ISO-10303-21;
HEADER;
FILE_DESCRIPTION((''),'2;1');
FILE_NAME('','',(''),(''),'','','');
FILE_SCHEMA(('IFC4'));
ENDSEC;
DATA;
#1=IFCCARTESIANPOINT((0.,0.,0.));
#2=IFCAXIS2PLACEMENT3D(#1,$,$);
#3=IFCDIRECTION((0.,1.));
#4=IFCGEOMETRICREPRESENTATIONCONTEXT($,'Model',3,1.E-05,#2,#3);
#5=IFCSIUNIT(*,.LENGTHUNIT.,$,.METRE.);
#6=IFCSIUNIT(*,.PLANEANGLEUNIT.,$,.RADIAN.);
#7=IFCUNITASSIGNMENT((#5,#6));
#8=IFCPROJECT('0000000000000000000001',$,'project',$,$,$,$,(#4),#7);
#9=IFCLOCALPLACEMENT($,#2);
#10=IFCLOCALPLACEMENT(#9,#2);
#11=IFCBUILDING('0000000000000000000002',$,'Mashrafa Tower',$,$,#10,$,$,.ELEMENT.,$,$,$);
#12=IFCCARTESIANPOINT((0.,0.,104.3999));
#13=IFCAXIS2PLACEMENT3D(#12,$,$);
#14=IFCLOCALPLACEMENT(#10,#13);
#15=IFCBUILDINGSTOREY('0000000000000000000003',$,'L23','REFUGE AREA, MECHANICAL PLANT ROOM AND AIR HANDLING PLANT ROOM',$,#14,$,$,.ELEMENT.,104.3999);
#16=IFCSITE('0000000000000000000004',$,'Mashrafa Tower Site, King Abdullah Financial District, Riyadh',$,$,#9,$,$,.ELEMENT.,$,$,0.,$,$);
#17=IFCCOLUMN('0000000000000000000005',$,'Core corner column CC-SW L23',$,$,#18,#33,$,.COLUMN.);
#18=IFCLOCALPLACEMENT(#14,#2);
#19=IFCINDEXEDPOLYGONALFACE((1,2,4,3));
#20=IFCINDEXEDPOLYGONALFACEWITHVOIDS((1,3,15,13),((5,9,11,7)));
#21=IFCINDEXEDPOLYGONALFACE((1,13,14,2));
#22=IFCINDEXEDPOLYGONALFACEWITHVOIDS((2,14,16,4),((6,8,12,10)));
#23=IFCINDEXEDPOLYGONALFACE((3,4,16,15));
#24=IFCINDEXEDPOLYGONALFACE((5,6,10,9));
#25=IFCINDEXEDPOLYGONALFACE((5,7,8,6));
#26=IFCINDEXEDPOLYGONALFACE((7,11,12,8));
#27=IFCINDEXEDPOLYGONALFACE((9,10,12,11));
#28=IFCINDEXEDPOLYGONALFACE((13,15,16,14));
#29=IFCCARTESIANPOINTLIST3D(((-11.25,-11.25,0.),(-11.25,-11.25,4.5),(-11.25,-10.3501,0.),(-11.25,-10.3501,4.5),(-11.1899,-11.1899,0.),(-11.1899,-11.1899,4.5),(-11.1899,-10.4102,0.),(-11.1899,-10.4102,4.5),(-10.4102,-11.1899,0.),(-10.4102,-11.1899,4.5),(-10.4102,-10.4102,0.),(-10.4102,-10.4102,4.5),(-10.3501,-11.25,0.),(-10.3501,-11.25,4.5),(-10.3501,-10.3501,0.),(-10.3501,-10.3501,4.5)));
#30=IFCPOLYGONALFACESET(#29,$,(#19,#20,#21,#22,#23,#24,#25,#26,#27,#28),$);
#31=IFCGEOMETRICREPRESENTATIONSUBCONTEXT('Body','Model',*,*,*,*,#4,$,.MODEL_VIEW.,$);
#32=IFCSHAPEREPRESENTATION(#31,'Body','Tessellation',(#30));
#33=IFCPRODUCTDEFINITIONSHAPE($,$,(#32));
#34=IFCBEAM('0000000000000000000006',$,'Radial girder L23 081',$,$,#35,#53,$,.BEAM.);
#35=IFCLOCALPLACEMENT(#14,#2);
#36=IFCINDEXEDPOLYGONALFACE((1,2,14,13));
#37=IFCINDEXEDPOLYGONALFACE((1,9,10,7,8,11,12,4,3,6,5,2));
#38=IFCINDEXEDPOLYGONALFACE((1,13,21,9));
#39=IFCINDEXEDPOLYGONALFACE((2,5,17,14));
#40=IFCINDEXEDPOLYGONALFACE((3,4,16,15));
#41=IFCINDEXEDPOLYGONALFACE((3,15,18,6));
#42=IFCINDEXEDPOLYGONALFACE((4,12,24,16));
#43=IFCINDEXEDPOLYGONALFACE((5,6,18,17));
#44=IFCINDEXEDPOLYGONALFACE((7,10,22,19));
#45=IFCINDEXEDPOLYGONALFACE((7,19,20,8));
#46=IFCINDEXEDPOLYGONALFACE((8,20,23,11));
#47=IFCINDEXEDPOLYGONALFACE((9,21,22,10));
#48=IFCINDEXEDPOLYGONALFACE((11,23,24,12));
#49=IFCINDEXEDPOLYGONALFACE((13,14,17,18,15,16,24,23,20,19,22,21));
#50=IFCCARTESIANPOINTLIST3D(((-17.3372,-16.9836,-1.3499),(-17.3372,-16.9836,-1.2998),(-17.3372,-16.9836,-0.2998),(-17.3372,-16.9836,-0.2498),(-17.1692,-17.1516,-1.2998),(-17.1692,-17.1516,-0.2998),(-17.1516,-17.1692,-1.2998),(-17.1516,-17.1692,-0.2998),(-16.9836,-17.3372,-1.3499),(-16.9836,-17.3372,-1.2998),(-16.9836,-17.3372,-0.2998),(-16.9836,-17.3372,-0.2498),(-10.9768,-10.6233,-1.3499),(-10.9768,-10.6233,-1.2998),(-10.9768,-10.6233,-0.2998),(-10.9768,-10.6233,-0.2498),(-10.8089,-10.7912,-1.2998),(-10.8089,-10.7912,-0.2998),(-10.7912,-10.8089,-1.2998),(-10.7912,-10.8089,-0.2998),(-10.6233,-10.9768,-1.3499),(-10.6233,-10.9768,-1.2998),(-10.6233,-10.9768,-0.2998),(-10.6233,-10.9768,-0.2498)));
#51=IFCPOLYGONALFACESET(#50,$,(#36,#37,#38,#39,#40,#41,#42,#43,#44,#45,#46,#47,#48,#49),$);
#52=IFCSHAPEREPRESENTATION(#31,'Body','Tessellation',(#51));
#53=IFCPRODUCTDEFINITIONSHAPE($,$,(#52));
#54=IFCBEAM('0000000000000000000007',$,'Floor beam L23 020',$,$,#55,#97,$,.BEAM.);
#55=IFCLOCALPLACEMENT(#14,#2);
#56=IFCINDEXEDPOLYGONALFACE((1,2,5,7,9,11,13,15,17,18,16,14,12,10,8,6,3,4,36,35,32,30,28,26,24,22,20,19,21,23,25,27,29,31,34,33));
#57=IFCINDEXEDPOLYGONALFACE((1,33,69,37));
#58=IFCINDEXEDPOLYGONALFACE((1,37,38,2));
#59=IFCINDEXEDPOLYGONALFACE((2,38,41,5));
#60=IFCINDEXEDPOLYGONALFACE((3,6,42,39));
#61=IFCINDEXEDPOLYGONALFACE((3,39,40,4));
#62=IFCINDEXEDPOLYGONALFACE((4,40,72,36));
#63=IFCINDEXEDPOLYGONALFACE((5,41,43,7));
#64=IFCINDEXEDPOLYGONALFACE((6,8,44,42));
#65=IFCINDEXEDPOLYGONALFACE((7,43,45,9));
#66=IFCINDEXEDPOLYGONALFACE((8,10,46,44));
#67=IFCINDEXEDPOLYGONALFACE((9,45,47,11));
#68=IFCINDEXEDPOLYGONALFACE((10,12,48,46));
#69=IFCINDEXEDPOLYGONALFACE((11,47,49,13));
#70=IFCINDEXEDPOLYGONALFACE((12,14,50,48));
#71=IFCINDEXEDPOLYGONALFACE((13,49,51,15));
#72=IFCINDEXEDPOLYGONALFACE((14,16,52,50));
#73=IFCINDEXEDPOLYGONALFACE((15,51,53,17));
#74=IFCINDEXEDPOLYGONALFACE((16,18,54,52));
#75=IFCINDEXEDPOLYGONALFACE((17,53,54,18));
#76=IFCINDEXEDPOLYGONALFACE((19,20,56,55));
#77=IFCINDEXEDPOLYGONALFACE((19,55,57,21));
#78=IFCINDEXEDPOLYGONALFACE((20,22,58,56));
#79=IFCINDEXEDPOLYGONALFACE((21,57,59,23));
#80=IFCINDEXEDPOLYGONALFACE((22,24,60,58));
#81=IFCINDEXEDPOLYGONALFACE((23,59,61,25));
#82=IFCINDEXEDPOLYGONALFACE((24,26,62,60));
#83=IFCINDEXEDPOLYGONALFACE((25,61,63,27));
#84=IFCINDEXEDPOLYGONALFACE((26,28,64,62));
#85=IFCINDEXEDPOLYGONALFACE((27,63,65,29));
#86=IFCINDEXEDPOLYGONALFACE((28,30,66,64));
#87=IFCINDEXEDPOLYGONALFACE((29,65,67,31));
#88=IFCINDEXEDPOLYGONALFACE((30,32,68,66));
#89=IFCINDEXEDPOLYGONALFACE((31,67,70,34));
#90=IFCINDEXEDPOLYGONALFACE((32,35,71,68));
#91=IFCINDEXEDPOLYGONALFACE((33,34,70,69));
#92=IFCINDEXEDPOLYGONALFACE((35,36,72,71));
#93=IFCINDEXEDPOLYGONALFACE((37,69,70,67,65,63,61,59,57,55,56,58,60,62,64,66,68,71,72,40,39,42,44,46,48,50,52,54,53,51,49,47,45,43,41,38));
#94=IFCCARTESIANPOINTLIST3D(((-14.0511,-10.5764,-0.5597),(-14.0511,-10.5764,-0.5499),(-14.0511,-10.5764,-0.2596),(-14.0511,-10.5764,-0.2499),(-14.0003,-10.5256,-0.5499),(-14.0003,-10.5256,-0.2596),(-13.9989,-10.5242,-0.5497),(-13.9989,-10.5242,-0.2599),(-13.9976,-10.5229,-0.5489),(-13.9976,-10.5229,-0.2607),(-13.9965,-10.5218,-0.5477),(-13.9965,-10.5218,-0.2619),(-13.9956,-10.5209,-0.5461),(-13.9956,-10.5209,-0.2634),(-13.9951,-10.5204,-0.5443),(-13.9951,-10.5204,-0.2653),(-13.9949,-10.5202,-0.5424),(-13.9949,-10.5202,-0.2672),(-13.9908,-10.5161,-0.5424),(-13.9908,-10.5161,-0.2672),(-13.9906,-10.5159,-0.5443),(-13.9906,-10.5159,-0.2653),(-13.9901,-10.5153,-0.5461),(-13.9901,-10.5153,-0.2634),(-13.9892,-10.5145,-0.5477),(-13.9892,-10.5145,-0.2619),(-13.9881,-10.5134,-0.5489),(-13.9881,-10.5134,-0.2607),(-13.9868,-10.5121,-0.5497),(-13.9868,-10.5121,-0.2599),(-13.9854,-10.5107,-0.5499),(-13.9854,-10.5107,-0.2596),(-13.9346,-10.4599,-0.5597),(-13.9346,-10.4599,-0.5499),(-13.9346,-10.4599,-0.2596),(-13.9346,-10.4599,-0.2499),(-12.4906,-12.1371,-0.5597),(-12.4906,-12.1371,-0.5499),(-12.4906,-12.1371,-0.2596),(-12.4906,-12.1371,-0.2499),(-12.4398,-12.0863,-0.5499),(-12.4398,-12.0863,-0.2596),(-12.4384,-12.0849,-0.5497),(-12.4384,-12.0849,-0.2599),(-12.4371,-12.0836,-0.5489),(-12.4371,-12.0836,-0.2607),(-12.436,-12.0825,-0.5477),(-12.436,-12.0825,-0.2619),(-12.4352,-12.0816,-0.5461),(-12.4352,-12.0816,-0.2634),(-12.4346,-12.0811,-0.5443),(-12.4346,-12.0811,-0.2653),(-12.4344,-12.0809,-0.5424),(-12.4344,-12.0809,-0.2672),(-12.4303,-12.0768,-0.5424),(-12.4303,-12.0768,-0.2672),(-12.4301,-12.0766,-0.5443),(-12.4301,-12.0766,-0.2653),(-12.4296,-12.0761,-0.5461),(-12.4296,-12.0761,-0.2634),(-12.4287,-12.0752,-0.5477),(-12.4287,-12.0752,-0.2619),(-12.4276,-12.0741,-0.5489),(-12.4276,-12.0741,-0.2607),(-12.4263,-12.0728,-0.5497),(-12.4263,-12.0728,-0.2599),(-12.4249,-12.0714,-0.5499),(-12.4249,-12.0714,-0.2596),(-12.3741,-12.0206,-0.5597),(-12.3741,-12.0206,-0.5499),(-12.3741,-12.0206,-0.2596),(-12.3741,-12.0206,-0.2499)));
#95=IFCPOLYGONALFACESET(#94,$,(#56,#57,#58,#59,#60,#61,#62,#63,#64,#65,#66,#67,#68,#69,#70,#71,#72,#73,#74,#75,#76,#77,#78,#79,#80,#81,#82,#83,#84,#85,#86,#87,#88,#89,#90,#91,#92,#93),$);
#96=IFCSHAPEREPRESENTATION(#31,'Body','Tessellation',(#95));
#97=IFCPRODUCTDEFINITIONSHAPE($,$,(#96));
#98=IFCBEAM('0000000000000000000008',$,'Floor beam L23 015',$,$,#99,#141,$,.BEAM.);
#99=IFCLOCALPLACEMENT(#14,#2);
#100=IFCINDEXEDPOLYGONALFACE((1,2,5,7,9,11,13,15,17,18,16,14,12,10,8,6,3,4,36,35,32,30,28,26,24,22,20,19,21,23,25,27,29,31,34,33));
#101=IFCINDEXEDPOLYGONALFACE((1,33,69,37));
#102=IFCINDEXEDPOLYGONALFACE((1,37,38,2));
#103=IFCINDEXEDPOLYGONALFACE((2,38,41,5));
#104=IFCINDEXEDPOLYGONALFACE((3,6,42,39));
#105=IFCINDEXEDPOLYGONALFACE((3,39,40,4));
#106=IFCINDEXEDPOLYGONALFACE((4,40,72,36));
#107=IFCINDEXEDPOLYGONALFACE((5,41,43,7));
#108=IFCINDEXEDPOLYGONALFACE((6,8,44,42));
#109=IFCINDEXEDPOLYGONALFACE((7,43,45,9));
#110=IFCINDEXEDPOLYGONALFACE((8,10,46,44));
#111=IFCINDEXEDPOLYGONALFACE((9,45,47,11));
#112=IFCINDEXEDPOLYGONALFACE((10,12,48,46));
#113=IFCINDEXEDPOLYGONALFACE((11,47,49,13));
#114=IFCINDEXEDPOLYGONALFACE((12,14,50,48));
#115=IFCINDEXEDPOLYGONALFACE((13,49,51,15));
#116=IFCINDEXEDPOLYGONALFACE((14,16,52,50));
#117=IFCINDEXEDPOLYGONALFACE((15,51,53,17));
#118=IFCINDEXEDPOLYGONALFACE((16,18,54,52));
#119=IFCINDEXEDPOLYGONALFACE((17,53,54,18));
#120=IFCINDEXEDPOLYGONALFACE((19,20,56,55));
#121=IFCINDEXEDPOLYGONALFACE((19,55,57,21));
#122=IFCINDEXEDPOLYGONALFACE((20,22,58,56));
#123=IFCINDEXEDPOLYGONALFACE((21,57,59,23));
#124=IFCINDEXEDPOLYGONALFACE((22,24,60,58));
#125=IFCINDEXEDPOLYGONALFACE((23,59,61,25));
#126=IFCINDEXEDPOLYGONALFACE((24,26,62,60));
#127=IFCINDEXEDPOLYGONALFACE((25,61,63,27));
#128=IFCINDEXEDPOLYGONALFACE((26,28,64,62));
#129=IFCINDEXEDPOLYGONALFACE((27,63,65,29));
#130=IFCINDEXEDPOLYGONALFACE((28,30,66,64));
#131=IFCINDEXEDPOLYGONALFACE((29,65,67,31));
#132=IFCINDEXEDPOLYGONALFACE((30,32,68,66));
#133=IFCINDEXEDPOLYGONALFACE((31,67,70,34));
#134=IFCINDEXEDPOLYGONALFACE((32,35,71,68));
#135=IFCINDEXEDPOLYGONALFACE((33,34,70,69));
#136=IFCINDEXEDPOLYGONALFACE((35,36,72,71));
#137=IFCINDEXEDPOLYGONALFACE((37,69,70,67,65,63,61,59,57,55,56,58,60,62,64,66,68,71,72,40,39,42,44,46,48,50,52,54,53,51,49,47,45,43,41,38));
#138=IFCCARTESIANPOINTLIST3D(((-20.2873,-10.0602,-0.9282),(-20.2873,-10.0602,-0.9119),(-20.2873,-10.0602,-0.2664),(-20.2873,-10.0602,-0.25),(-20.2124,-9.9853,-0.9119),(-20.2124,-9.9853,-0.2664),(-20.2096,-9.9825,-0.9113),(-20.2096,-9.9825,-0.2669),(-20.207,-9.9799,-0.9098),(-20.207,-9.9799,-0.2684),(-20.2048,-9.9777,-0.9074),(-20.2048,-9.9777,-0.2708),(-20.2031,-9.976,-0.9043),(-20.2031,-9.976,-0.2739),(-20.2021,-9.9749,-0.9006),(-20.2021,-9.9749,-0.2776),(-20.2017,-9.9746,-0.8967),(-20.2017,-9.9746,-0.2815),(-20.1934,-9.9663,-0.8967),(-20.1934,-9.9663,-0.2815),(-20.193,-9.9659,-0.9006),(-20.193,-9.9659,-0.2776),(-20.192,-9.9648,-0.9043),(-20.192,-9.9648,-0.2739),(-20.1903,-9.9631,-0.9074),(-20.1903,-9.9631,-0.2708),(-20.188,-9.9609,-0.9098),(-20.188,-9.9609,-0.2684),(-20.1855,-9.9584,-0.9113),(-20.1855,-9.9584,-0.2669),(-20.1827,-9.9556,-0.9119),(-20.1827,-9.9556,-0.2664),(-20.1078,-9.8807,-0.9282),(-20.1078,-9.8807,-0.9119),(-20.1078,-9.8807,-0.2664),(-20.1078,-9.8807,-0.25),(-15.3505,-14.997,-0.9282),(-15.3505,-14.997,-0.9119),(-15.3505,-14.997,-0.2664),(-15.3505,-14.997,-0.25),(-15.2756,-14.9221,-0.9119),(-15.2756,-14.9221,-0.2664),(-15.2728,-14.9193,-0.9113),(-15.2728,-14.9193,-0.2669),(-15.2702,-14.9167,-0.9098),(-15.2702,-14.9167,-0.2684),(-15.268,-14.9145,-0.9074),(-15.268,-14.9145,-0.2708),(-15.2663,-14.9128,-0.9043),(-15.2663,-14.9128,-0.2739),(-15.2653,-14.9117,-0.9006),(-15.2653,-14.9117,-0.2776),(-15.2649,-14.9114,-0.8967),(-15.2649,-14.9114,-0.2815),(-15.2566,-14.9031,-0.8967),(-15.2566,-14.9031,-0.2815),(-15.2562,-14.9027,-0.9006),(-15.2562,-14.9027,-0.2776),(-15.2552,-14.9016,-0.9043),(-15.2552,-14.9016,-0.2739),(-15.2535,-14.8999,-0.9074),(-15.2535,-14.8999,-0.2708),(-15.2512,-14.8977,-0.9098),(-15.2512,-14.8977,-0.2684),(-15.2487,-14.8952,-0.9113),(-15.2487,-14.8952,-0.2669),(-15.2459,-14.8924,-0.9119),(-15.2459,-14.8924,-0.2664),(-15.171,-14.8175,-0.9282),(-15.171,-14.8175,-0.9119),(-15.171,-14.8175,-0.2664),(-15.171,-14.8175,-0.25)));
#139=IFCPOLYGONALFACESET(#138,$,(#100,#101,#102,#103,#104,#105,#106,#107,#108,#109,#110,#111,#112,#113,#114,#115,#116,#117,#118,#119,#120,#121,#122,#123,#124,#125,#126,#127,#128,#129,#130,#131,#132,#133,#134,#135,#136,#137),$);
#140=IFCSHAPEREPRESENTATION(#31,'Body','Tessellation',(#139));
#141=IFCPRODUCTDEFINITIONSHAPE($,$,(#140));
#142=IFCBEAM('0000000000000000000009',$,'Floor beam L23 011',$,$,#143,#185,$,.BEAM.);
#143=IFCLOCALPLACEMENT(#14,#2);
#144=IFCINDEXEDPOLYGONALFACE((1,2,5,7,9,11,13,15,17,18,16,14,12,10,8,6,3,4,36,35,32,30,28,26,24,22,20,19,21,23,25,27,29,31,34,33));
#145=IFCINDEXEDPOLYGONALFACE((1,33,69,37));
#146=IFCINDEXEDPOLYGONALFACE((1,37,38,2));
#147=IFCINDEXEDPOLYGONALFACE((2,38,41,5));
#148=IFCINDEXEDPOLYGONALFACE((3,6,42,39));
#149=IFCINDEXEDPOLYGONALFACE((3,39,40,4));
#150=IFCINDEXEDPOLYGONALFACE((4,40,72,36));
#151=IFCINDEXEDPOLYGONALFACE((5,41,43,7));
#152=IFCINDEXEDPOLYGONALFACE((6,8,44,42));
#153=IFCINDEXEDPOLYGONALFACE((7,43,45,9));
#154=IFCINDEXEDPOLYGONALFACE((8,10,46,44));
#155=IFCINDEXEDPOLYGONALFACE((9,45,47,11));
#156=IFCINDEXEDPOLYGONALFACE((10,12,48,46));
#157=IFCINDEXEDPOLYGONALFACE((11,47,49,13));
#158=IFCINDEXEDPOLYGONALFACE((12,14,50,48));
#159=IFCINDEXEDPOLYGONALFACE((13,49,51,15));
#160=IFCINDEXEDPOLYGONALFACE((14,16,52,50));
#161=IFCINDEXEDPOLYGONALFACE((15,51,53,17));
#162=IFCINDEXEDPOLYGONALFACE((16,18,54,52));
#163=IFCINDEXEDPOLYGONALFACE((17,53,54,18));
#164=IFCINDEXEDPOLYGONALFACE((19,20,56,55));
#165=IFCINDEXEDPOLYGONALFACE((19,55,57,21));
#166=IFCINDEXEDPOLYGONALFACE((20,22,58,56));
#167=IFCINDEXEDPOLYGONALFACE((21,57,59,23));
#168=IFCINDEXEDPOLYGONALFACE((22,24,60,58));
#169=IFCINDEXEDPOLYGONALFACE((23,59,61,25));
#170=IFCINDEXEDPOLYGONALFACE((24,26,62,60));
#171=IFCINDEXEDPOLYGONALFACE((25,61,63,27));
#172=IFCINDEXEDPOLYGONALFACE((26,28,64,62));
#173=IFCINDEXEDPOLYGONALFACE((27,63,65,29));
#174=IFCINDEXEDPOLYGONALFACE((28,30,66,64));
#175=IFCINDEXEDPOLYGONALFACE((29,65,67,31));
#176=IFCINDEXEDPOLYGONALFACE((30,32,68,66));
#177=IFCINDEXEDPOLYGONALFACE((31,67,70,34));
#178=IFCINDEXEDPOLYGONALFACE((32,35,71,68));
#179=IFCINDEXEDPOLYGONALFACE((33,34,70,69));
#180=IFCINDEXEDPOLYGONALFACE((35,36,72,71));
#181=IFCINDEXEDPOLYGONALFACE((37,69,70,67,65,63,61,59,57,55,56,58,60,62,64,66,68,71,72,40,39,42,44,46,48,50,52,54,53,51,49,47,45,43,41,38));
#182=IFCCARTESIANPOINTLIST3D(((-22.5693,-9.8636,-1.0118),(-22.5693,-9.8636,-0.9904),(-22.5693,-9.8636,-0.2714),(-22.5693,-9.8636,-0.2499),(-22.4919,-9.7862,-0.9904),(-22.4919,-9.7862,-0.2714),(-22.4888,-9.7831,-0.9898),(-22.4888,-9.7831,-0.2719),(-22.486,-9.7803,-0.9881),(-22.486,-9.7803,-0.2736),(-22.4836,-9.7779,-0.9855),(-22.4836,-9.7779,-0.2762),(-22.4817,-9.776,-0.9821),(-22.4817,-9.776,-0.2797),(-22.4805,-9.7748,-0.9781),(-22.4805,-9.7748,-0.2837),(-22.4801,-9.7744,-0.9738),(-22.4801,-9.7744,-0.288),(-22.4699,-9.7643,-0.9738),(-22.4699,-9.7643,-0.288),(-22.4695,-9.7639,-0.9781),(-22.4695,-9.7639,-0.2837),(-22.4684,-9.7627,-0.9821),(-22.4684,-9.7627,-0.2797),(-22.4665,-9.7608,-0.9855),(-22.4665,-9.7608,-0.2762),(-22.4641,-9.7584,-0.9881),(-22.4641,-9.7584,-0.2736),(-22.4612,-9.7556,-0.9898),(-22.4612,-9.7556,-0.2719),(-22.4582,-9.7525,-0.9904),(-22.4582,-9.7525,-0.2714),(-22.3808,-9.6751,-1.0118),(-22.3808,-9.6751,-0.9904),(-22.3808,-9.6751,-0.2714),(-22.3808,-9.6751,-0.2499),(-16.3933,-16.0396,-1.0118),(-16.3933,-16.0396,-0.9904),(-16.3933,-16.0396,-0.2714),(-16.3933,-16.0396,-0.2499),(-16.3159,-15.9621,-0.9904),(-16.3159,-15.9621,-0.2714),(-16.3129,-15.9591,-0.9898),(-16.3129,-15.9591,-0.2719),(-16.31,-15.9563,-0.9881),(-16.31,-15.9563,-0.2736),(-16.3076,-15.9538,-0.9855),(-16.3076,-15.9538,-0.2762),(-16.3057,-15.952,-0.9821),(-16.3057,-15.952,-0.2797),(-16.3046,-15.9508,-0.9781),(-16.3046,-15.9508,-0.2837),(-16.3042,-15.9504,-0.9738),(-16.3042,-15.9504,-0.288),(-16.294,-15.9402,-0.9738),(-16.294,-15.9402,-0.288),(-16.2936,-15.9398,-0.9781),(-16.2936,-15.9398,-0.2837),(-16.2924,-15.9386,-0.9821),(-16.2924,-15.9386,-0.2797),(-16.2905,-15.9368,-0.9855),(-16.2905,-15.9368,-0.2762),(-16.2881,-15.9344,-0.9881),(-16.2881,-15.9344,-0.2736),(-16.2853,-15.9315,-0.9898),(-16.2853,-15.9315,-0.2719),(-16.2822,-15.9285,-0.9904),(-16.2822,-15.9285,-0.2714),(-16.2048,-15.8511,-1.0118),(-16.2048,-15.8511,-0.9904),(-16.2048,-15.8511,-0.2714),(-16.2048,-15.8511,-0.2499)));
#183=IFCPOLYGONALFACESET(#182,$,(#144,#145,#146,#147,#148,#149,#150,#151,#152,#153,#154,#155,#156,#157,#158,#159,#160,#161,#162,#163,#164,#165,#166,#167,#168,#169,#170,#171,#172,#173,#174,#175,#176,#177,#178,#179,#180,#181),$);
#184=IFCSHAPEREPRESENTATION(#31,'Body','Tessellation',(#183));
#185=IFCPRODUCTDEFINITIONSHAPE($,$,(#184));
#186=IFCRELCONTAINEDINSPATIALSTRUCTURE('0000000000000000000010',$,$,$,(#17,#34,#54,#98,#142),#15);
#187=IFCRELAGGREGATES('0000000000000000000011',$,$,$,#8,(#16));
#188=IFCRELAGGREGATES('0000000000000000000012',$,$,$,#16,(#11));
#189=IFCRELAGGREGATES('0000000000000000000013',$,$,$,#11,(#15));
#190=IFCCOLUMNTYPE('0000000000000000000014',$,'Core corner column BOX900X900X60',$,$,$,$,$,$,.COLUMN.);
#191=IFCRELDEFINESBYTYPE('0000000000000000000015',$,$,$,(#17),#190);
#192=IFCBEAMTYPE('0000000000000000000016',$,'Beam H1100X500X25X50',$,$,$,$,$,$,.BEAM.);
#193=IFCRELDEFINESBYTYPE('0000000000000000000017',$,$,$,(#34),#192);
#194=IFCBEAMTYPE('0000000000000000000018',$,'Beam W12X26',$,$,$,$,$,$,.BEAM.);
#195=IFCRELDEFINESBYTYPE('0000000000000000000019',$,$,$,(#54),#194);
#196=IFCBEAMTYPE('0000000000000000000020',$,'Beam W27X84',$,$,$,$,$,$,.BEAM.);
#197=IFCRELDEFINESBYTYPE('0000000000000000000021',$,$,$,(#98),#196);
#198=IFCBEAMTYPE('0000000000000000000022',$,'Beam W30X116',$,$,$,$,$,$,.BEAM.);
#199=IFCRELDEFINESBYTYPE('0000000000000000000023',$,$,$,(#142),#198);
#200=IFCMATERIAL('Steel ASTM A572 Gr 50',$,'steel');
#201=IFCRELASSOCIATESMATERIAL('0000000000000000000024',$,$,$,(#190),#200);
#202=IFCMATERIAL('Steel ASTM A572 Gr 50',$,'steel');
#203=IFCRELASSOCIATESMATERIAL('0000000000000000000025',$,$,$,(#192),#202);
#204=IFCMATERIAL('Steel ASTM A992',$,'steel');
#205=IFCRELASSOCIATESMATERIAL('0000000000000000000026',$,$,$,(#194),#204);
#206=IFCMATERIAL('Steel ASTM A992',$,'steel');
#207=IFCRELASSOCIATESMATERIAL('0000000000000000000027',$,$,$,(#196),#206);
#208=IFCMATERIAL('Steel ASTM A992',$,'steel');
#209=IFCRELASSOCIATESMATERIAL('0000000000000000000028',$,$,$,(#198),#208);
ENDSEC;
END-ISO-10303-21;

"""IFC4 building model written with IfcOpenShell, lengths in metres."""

from ifc_helpers import new_model, si_unit, direction, frame, origin, origin_2d, place, context, subcontext, project, spatial, hollow_rectangle, i_section, extrude, material, material_profile, profile_set, type_object, element, save


model = new_model("IFC4")

# Units and contexts
model_context = context("Model", 3, precision=1e-05, world=origin(), true_north=direction((0.0, 1.0)))
body_context = subcontext(model_context, "Body", "Model", "MODEL_VIEW")
ifc_project = project(units=[si_unit("LENGTHUNIT", "METRE"), si_unit("PLANEANGLEUNIT", "RADIAN")], contexts=[model_context])

# Site, building, storey
site_placement = place(None, origin())
site = spatial("IfcSite", under=ifc_project, at=site_placement, Name="Mashrafa Tower Site, King Abdullah Financial District, Riyadh", CompositionType="ELEMENT", RefElevation=0.0)
building_placement = place(site_placement, origin())
building = spatial("IfcBuilding", under=site, at=building_placement, Name="Mashrafa Tower", CompositionType="ELEMENT")
storey_placement = place(building_placement, frame((0.0, 0.0, 104.3999)))
storey = spatial("IfcBuildingStorey", under=building, at=storey_placement, Name="L23", Description="REFUGE AREA, MECHANICAL PLANT ROOM AND AIR HANDLING PLANT ROOM", CompositionType="ELEMENT", Elevation=104.3999)

# Column
ifc_material_1 = material(Name="Steel ASTM A572 Gr 50", Category="steel")
ifc_material_profile_1 = material_profile(ifc_material_1, hollow_rectangle(XDim=0.8999, YDim=0.8999, WallThickness=0.0601, at=origin_2d()), Name="BOX900X900X60")
ifc_profile_set_1 = profile_set([ifc_material_profile_1], Name="Steel ASTM A572 Gr 50")
column_type = type_object("IfcColumnType", Name="Core corner column BOX900X900X60", PredefinedType="COLUMN", material=ifc_profile_set_1)
column_placement = place(storey_placement, frame((-10.8, -10.8, 0.0), z_axis=(0.0, 0.0, 1.0), x_axis=(1.0, 0.0, 0.0)))
element("IfcColumn", 1, at=column_placement, inside=storey, type_object=column_type, Name="Core corner column CC-SW L23", PredefinedType="COLUMN", context=body_context, shape_type="SweptSolid", body=[
    extrude(hollow_rectangle(XDim=0.8999, YDim=0.8999, WallThickness=0.0601, at=origin_2d()), origin(), (0.0, 0.0, 1.0), 4.5),
])

# Beams
ifc_material_2 = material(Name="Steel ASTM A572 Gr 50", Category="steel")
ifc_material_profile_2 = material_profile(ifc_material_2, i_section(OverallWidth=0.5, OverallDepth=1.1001, WebThickness=0.0249, FlangeThickness=0.05, at=origin_2d()), Name="H1100X500X25X50")
ifc_profile_set_2 = profile_set([ifc_material_profile_2], Name="Steel ASTM A572 Gr 50")
beam_type_1 = type_object("IfcBeamType", Name="Beam H1100X500X25X50", PredefinedType="BEAM", material=ifc_profile_set_2)
beam_1_placement = place(storey_placement, frame((-10.8, -10.8, -0.7998), z_axis=(-0.707107, -0.707107, 0.0), x_axis=(0.707107, -0.707107, 0.0)))
element("IfcBeam", 2, at=beam_1_placement, inside=storey, type_object=beam_type_1, Name="Radial girder L23 081", PredefinedType="BEAM", context=body_context, shape_type="SweptSolid", body=[
    extrude(i_section(OverallWidth=0.5, OverallDepth=1.1001, WebThickness=0.0249, FlangeThickness=0.05, at=origin_2d()), origin(), (0.0, 0.0, 1.0), 8.9949),
])
ifc_material_3 = material(Name="Steel ASTM A992", Category="steel")
ifc_material_profile_3 = material_profile(ifc_material_3, i_section(OverallWidth=0.1648, OverallDepth=0.3098, WebThickness=0.0059, FlangeThickness=0.0098, FilletRadius=0.0076, at=origin_2d()), Name="W12X26")
ifc_profile_set_3 = profile_set([ifc_material_profile_3], Name="Steel ASTM A992")
beam_type_2 = type_object("IfcBeamType", Name="Beam W12X26", PredefinedType="BEAM", material=ifc_profile_set_3)
beam_2_placement = place(storey_placement, frame((-12.4324, -12.0789, -0.4048), z_axis=(-0.707051, 0.707162, 0.0), x_axis=(-0.707162, -0.707051, 0.0)))
element("IfcBeam", 3, at=beam_2_placement, inside=storey, type_object=beam_type_2, Name="Floor beam L23 020", PredefinedType="BEAM", context=body_context, shape_type="SweptSolid", body=[
    extrude(i_section(OverallWidth=0.1648, OverallDepth=0.3098, WebThickness=0.0059, FlangeThickness=0.0098, FilletRadius=0.0076, at=origin_2d()), origin(), (0.0, 0.0, 1.0), 2.207),
])
ifc_material_4 = material(Name="Steel ASTM A992", Category="steel")
ifc_material_profile_4 = material_profile(ifc_material_4, i_section(OverallWidth=0.2539, OverallDepth=0.6782, WebThickness=0.0117, FlangeThickness=0.0164, FilletRadius=0.0151, at=origin_2d()), Name="W27X84")
ifc_profile_set_4 = profile_set([ifc_material_profile_4], Name="Steel ASTM A992")
beam_type_3 = type_object("IfcBeamType", Name="Beam W27X84", PredefinedType="BEAM", material=ifc_profile_set_4)
beam_3_placement = place(storey_placement, frame((-15.2607, -14.9072, -0.5891), z_axis=(-0.707107, 0.707107, 0.0), x_axis=(-0.707107, -0.707107, 0.0)))
element("IfcBeam", 4, at=beam_3_placement, inside=storey, type_object=beam_type_3, Name="Floor beam L23 015", PredefinedType="BEAM", context=body_context, shape_type="SweptSolid", body=[
    extrude(i_section(OverallWidth=0.2539, OverallDepth=0.6782, WebThickness=0.0117, FlangeThickness=0.0164, FilletRadius=0.0151, at=origin_2d()), origin(), (0.0, 0.0, 1.0), 6.9817),
])
ifc_material_5 = material(Name="Steel ASTM A992", Category="steel")
ifc_material_profile_5 = material_profile(ifc_material_5, i_section(OverallWidth=0.2666, OverallDepth=0.762, WebThickness=0.0144, FlangeThickness=0.0215, FilletRadius=0.0166, at=origin_2d()), Name="W30X116")
ifc_profile_set_5 = profile_set([ifc_material_profile_5], Name="Steel ASTM A992")
beam_type_4 = type_object("IfcBeamType", Name="Beam W30X116", PredefinedType="BEAM", material=ifc_profile_set_5)
beam_4_placement = place(storey_placement, frame((-16.2991, -15.9453, -0.6309), z_axis=(-0.707107, 0.707107, 0.0), x_axis=(-0.707107, -0.707107, 0.0)))
element("IfcBeam", 5, at=beam_4_placement, inside=storey, type_object=beam_type_4, Name="Floor beam L23 011", PredefinedType="BEAM", context=body_context, shape_type="SweptSolid", body=[
    extrude(i_section(OverallWidth=0.2666, OverallDepth=0.762, WebThickness=0.0144, FlangeThickness=0.0215, FilletRadius=0.0166, at=origin_2d()), origin(), (0.0, 0.0, 1.0), 8.7341),
])

save(model, "model.ifc")
